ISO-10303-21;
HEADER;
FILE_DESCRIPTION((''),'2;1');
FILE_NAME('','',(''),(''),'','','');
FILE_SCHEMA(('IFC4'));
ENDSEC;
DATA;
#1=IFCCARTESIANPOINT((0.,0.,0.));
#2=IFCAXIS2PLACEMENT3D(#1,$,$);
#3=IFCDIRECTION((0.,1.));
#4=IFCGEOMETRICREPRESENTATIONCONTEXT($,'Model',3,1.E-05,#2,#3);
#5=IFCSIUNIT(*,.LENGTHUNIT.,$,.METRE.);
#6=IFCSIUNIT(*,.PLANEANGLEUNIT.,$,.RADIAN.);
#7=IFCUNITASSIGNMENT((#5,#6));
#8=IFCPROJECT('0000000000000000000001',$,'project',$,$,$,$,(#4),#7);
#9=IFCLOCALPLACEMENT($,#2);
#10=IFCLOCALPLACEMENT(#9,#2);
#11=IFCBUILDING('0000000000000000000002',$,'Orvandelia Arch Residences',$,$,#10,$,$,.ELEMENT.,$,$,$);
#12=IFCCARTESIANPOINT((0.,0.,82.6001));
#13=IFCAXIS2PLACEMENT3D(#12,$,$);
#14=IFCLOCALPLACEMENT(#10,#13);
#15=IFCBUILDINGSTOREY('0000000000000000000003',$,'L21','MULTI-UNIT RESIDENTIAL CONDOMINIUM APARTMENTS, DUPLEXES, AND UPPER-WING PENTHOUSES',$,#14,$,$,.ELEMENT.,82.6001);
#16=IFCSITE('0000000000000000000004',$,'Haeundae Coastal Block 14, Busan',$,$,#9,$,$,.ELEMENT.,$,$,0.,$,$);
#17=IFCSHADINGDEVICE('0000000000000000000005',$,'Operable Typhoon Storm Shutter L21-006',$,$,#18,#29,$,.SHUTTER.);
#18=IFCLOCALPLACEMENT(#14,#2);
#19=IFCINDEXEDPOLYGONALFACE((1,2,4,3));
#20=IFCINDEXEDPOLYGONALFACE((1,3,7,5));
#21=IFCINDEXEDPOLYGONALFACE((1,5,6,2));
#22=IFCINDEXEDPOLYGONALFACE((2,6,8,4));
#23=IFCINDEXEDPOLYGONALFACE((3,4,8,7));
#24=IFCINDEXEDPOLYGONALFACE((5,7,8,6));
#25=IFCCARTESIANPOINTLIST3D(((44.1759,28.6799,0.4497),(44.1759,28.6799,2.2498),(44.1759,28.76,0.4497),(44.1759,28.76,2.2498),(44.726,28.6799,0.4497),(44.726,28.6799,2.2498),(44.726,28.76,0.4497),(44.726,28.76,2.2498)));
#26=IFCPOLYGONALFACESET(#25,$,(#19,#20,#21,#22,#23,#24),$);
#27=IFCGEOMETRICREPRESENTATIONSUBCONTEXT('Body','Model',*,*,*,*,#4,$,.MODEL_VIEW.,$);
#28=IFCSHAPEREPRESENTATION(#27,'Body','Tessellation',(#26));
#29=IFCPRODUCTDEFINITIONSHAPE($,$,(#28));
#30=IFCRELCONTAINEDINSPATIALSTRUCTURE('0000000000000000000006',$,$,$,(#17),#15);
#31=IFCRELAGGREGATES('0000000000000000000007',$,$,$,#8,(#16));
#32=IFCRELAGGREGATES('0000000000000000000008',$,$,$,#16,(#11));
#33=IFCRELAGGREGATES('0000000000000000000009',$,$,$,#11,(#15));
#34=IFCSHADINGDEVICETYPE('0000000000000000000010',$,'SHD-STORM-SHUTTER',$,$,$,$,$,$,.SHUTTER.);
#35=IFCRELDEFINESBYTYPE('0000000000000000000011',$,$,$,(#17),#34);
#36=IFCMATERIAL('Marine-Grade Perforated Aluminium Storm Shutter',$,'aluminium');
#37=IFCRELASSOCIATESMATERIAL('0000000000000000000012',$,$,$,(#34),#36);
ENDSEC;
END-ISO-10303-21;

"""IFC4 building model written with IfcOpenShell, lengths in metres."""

from ifc_helpers import new_model, si_unit, direction, frame, origin, origin_2d, place, context, subcontext, project, spatial, rectangle, extrude, material, type_object, element, save


model = new_model("IFC4")

# Units and contexts
model_context = context("Model", 3, precision=1e-05, world=origin(), true_north=direction((0.0, 1.0)))
body_context = subcontext(model_context, "Body", "Model", "MODEL_VIEW")
ifc_project = project(units=[si_unit("LENGTHUNIT", "METRE"), si_unit("PLANEANGLEUNIT", "RADIAN")], contexts=[model_context])

# Site, building, storey
site_placement = place(None, origin())
site = spatial("IfcSite", under=ifc_project, at=site_placement, Name="Haeundae Coastal Block 14, Busan", CompositionType="ELEMENT", RefElevation=0.0)
building_placement = place(site_placement, origin())
building = spatial("IfcBuilding", under=site, at=building_placement, Name="Orvandelia Arch Residences", CompositionType="ELEMENT")
storey_placement = place(building_placement, frame((0.0, 0.0, 82.6001)))
storey = spatial("IfcBuildingStorey", under=building, at=storey_placement, Name="L21", Description="MULTI-UNIT RESIDENTIAL CONDOMINIUM APARTMENTS, DUPLEXES, AND UPPER-WING PENTHOUSES", CompositionType="ELEMENT", Elevation=82.6001)

# Shading device
ifc_material_1 = material(Name="Marine-Grade Perforated Aluminium Storm Shutter", Category="aluminium")
shading_device_type_1 = type_object("IfcShadingDeviceType", Name="SHD-STORM-SHUTTER", PredefinedType="SHUTTER", material=ifc_material_1)
shading_device_1_placement = place(storey_placement, frame((44.4509, 28.72, 0.4497), z_axis=(0.0, 0.0, 1.0), x_axis=(-1.0, 0.0, 0.0)))
element("IfcShadingDevice", 1, at=shading_device_1_placement, inside=storey, type_object=shading_device_type_1, Name="Operable Typhoon Storm Shutter L21-006", PredefinedType="SHUTTER", context=body_context, shape_type="SweptSolid", body=[
    extrude(rectangle(XDim=0.55, YDim=0.0801, at=origin_2d()), origin(), (0.0, 0.0, 1.0), 1.8),
])

save(model, "model.ifc")
